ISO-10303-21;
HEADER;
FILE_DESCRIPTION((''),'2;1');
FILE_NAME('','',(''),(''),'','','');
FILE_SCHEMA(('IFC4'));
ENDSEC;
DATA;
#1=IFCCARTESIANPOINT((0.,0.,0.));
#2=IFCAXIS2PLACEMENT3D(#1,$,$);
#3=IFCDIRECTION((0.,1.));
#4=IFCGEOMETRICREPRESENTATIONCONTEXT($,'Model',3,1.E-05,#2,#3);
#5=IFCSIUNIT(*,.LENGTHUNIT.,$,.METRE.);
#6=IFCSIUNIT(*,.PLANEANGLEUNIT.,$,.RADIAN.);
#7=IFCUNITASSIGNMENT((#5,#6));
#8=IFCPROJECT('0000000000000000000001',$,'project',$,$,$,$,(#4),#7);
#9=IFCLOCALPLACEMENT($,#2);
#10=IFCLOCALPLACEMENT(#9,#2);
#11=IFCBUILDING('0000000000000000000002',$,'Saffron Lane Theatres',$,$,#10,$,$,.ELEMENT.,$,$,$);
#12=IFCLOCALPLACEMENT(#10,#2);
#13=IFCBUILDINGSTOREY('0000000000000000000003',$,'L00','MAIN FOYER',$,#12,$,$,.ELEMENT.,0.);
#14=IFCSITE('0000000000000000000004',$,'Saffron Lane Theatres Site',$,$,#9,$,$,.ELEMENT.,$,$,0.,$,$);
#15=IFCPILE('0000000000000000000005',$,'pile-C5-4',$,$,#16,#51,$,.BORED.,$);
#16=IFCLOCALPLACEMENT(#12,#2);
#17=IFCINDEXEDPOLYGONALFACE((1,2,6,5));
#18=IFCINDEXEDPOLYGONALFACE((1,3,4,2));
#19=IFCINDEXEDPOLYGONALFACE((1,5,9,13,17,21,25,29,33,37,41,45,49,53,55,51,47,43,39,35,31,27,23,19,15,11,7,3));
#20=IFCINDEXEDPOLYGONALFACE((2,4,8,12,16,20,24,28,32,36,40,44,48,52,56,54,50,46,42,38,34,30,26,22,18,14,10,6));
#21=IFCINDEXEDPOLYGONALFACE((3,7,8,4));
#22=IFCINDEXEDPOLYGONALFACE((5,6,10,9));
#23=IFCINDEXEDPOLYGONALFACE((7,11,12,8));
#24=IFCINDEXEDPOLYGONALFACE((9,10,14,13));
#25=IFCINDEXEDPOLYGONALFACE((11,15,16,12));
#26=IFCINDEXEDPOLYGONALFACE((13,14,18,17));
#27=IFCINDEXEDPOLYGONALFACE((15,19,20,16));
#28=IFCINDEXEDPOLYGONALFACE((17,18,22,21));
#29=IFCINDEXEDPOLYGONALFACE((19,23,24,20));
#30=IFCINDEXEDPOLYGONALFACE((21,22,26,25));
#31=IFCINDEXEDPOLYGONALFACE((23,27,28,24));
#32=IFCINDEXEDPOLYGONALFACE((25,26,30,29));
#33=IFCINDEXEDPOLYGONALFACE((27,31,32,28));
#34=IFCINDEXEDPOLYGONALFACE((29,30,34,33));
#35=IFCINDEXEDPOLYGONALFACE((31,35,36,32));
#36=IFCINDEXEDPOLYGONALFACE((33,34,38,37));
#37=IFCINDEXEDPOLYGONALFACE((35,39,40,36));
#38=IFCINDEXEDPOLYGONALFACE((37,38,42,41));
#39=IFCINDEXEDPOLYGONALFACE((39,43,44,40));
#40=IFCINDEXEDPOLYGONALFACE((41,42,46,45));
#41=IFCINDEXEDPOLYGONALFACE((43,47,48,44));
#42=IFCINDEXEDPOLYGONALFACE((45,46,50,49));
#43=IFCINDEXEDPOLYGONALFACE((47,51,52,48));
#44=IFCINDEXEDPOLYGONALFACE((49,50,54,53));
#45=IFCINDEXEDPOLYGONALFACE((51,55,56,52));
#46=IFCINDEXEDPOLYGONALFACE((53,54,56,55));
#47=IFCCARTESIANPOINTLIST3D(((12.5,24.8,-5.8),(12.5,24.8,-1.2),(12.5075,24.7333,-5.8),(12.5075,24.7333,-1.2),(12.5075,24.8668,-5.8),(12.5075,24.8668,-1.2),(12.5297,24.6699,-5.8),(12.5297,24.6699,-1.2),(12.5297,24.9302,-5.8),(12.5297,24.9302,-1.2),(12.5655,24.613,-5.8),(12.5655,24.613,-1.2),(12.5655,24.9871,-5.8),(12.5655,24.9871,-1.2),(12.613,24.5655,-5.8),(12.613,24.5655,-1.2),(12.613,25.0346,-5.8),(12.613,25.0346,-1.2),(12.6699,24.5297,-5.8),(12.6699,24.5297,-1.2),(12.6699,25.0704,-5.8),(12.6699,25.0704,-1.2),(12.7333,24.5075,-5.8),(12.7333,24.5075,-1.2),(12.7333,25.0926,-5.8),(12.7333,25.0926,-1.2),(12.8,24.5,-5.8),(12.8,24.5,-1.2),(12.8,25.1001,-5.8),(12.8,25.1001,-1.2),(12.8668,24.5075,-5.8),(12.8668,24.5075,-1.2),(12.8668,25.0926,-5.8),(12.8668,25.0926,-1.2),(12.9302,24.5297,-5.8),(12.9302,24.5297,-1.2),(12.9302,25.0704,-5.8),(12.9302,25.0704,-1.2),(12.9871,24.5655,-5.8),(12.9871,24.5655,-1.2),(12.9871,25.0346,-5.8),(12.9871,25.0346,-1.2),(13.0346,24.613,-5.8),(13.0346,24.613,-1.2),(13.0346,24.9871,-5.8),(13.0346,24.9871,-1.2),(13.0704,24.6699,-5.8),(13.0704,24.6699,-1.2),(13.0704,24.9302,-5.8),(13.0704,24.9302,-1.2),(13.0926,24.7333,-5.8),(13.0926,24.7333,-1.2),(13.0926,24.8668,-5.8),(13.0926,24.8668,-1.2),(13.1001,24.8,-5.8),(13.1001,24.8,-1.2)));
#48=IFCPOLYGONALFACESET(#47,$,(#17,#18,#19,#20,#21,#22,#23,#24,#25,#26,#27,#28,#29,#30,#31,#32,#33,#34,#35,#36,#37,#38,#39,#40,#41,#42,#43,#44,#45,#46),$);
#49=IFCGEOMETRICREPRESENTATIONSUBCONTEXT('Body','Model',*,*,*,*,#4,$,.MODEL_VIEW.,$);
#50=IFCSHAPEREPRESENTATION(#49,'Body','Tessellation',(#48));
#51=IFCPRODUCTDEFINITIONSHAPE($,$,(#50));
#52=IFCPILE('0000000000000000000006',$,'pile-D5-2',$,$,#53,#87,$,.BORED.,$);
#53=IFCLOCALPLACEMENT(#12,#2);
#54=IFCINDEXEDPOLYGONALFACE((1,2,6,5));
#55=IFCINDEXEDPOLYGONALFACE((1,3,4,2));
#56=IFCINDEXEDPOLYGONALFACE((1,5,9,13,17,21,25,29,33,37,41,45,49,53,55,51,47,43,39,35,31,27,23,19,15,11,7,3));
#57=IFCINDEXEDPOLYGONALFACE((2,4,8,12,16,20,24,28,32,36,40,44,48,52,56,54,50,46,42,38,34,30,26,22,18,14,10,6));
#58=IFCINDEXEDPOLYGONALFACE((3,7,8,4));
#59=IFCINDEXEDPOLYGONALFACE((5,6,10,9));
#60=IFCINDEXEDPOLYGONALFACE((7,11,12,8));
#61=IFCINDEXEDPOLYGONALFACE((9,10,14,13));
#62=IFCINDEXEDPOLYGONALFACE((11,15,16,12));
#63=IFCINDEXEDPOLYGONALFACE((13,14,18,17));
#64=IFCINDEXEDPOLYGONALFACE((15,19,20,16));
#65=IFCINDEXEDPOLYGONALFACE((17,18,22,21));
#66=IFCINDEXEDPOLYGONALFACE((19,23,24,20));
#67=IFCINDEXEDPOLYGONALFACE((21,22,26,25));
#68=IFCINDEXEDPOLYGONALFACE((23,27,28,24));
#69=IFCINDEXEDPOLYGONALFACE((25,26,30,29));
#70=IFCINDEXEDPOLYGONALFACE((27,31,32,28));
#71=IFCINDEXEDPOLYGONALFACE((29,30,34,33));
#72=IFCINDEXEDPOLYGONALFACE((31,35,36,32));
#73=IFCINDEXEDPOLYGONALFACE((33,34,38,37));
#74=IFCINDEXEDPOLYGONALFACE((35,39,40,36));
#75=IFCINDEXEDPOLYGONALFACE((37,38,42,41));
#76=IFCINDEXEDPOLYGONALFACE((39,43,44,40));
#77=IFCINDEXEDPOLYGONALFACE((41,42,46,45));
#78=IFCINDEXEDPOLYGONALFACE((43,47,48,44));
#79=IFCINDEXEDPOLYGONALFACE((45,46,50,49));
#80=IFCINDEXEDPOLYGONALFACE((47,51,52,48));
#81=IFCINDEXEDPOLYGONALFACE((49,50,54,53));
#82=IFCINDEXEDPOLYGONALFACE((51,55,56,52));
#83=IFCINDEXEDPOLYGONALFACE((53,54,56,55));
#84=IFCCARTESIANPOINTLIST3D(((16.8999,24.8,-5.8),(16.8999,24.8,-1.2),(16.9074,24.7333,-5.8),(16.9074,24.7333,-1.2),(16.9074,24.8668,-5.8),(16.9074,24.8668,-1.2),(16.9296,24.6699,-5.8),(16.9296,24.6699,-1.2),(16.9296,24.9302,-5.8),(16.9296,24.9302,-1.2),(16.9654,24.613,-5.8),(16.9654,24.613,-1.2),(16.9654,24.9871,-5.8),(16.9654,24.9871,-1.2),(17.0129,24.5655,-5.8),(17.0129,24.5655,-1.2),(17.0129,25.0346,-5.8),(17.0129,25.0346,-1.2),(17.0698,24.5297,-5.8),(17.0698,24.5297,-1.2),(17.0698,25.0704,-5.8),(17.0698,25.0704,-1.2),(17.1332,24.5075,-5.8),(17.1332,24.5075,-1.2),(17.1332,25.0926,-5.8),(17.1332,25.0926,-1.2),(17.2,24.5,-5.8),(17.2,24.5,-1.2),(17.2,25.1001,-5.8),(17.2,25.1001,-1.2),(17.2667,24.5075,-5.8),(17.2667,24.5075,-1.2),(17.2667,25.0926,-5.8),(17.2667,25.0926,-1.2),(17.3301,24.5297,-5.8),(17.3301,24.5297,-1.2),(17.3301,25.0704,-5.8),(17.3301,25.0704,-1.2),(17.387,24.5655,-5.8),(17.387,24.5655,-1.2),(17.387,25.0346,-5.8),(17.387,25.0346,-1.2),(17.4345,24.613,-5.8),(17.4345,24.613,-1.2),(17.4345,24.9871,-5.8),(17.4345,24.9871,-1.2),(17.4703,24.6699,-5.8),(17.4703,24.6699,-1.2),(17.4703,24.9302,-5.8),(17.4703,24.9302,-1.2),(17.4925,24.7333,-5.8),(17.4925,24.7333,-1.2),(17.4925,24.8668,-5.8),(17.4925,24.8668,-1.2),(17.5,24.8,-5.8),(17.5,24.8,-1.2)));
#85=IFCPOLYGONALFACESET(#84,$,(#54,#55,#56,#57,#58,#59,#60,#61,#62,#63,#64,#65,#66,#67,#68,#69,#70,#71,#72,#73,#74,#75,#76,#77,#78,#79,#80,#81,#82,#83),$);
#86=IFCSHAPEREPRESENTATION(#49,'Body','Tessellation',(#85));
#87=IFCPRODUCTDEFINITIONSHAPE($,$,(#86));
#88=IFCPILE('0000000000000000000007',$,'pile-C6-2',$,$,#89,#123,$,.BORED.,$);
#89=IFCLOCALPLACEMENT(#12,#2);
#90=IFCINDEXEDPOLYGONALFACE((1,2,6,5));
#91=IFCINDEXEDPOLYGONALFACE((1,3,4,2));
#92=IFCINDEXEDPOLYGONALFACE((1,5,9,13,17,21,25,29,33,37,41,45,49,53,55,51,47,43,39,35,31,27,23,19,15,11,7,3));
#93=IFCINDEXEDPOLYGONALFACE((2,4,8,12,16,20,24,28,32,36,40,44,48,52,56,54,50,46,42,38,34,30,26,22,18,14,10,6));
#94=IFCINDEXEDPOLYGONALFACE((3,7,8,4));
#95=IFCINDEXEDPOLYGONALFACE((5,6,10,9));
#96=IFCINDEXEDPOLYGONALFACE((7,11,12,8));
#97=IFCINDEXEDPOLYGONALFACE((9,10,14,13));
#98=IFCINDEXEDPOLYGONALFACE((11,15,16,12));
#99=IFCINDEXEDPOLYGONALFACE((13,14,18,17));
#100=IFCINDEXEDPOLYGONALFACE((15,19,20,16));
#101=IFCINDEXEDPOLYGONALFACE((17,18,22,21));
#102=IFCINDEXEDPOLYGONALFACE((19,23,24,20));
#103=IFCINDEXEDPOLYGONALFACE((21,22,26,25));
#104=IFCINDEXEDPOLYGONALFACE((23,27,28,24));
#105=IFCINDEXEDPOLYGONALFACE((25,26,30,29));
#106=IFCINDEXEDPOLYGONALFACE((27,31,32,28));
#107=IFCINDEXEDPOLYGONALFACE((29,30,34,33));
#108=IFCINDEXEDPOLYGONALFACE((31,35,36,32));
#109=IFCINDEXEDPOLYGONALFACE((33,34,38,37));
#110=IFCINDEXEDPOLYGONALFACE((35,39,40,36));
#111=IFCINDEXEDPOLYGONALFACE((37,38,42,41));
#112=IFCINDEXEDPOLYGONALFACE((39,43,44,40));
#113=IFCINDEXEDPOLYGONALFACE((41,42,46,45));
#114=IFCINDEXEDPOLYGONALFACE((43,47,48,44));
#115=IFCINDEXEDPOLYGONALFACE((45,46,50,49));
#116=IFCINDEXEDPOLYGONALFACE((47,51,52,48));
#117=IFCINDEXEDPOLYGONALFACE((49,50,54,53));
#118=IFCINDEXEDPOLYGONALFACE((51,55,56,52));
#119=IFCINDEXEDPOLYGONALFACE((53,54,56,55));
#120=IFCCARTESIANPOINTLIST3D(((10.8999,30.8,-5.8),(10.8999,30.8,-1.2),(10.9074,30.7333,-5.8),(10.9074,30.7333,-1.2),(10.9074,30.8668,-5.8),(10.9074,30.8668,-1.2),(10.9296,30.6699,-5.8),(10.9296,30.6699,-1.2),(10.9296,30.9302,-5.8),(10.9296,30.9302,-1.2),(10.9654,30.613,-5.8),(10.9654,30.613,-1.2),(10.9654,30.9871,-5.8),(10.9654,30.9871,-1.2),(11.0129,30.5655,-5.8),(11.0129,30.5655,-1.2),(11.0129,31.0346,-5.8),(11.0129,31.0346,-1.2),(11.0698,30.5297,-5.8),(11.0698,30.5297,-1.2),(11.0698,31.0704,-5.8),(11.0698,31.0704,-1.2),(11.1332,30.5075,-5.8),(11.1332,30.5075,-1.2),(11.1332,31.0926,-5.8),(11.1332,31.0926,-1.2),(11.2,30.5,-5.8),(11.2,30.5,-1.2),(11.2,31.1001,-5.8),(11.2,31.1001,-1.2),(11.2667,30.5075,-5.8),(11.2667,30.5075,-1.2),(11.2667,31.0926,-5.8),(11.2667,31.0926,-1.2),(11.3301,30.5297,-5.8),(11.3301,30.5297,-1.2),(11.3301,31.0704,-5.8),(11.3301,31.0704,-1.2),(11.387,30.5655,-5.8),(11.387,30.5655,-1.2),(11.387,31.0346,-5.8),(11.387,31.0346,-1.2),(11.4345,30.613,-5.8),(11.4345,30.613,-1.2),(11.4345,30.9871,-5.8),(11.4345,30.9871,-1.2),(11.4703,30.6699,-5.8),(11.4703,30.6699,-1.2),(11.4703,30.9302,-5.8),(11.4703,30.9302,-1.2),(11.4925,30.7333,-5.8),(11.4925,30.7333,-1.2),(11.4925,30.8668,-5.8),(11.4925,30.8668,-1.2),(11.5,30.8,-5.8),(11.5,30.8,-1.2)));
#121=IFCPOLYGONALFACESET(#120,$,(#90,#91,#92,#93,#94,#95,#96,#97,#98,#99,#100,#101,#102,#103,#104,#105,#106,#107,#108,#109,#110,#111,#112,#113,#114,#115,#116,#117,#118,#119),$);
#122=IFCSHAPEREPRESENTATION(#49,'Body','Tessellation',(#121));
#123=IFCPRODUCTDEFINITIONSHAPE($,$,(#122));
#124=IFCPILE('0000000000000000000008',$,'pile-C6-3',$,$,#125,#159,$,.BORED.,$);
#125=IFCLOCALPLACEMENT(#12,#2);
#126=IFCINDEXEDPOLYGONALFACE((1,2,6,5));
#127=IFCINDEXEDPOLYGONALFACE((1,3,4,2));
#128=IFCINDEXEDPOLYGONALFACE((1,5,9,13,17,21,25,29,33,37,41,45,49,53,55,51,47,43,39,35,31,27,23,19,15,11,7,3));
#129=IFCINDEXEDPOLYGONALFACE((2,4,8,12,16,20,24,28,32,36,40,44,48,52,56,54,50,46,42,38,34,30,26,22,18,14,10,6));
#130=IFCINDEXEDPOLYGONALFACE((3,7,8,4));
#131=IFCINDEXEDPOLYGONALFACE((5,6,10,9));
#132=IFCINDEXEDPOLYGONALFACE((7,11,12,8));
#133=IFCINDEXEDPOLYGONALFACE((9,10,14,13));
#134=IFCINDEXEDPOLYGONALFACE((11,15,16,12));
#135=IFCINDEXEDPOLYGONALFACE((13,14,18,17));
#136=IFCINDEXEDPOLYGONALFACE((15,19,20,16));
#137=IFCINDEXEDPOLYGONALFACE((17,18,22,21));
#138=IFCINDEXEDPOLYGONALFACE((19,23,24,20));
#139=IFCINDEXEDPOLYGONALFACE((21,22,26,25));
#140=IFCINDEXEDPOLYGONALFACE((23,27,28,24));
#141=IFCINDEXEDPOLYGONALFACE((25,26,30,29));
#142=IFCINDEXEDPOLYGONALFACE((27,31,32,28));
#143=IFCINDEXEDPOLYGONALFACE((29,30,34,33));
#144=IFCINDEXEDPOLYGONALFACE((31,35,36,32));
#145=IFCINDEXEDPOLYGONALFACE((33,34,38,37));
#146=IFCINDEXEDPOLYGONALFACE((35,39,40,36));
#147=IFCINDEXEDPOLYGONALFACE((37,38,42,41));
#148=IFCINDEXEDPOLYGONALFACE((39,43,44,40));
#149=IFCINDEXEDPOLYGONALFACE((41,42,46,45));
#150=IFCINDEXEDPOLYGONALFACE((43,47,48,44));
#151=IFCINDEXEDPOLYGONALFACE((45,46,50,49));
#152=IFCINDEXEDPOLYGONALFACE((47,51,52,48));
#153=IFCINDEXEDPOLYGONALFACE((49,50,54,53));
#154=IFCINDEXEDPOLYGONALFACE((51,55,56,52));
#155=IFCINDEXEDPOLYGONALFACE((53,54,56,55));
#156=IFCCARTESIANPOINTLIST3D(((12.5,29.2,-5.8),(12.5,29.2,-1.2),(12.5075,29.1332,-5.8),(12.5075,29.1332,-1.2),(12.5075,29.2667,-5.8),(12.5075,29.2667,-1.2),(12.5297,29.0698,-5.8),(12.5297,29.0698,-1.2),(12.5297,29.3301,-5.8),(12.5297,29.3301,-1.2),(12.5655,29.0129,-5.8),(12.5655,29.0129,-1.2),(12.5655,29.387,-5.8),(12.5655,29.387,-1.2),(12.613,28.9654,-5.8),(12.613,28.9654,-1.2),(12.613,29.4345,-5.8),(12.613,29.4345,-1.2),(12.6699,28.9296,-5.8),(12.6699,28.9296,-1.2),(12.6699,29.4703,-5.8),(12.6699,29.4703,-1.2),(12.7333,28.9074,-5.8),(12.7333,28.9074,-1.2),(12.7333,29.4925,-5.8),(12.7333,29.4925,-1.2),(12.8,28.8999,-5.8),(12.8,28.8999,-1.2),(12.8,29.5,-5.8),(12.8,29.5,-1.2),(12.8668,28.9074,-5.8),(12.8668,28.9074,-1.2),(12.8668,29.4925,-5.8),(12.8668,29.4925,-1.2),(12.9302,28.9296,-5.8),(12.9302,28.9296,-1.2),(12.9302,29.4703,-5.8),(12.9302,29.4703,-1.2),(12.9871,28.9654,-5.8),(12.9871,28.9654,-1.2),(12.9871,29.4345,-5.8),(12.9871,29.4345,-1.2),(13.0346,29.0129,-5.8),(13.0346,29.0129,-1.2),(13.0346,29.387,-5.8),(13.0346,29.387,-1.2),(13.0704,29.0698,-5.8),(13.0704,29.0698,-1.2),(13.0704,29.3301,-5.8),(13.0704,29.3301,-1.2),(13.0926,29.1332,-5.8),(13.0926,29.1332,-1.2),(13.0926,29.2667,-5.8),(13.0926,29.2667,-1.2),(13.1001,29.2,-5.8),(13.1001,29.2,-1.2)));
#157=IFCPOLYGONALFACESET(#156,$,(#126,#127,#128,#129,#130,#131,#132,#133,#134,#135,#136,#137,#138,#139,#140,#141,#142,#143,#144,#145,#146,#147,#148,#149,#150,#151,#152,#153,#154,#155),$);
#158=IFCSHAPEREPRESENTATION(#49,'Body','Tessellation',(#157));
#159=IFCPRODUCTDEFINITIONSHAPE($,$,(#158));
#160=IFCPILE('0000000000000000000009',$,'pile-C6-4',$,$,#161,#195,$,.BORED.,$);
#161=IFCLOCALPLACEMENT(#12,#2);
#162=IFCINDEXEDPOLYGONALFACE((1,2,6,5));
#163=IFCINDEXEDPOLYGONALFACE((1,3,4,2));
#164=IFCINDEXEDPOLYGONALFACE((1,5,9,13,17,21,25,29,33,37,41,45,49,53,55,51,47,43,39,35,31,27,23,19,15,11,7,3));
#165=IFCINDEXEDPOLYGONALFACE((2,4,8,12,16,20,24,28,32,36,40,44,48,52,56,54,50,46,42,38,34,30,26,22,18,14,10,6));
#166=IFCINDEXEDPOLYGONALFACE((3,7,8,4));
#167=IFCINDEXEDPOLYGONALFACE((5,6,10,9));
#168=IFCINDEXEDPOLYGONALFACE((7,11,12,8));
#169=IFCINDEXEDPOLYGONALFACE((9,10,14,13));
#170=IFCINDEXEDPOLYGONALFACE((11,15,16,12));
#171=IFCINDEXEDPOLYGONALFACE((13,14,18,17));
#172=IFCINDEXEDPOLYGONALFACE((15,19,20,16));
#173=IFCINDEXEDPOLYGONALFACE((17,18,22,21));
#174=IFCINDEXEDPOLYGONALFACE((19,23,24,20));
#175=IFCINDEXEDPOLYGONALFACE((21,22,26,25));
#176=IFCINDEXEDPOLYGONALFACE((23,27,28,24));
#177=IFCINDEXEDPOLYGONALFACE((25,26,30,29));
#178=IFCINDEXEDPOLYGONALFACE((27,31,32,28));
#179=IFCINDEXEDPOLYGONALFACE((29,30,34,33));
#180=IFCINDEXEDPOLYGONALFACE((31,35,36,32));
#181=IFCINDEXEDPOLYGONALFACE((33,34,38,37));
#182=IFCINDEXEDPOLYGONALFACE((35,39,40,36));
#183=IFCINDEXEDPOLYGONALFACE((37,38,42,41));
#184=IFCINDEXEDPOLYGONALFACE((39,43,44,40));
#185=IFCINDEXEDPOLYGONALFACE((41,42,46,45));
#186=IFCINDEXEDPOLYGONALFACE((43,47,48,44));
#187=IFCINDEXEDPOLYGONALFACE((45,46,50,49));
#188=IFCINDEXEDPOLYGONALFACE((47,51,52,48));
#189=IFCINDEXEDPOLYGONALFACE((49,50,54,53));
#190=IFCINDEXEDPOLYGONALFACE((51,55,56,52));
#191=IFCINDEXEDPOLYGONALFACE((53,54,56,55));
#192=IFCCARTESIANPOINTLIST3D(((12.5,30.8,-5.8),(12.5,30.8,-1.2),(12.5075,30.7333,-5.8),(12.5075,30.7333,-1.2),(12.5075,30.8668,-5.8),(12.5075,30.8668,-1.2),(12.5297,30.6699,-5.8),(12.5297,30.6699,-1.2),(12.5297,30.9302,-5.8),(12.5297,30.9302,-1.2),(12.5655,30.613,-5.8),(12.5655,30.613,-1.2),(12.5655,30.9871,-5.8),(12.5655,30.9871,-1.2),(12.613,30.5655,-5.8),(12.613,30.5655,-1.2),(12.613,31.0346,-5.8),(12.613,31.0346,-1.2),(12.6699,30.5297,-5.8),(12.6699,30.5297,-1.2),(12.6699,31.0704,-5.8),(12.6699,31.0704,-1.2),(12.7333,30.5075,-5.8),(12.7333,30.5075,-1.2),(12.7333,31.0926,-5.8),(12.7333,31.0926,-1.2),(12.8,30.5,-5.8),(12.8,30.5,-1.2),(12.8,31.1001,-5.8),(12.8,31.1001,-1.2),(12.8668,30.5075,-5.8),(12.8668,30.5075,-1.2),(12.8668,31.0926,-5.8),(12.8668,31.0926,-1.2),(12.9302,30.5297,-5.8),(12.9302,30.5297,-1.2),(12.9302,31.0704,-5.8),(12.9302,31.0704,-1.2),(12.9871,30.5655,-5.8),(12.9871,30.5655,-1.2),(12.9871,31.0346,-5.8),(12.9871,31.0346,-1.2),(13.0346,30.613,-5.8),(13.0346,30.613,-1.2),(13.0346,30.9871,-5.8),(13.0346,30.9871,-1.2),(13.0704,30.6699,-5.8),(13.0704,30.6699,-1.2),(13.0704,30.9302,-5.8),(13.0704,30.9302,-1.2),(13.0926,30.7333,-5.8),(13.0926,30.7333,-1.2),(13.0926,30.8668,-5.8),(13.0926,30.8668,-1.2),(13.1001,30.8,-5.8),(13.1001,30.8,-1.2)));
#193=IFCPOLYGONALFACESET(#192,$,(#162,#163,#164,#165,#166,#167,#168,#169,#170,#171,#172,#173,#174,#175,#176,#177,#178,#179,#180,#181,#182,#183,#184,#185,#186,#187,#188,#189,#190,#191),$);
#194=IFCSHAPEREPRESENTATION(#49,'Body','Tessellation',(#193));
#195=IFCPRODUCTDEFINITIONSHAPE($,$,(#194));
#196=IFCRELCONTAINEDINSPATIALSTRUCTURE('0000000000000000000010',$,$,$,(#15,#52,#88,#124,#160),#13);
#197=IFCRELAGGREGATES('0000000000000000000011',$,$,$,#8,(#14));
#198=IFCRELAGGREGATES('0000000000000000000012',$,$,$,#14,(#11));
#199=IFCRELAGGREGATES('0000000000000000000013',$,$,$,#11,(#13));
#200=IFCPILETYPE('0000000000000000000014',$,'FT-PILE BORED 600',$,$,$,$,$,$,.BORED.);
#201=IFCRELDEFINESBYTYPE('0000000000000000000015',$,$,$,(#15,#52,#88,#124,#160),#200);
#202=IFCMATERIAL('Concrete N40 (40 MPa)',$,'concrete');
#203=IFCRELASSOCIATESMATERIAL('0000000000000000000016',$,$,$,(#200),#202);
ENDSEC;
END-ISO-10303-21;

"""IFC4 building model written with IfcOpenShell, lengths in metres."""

from ifc_helpers import new_model, si_unit, direction, frame, origin, origin_2d, place, context, subcontext, project, spatial, circle, extrude, material, material_profile, profile_set, type_object, element, save


model = new_model("IFC4")

# Units and contexts
model_context = context("Model", 3, precision=1e-05, world=origin(), true_north=direction((0.0, 1.0)))
body_context = subcontext(model_context, "Body", "Model", "MODEL_VIEW")
ifc_project = project(units=[si_unit("LENGTHUNIT", "METRE"), si_unit("PLANEANGLEUNIT", "RADIAN")], contexts=[model_context])

# Site, building, storey
site_placement = place(None, origin())
site = spatial("IfcSite", under=ifc_project, at=site_placement, Name="Saffron Lane Theatres Site", CompositionType="ELEMENT", RefElevation=0.0)
building_placement = place(site_placement, origin())
building = spatial("IfcBuilding", under=site, at=building_placement, Name="Saffron Lane Theatres", CompositionType="ELEMENT")
storey_placement = place(building_placement, origin())
storey = spatial("IfcBuildingStorey", under=building, at=storey_placement, Name="L00", Description="MAIN FOYER", CompositionType="ELEMENT", Elevation=0.0)

# Piles
ifc_material_1 = material(Name="Concrete N40 (40 MPa)", Category="concrete")
ifc_material_profile_1 = material_profile(ifc_material_1, circle(Radius=0.3, at=origin_2d()))
ifc_profile_set_1 = profile_set([ifc_material_profile_1], Name="Concrete N40 (40 MPa)")
pile_type_1 = type_object("IfcPileType", Name="FT-PILE BORED 600", PredefinedType="BORED", material=ifc_profile_set_1)
for number, where, z_axis, x_axis, name in (
    (1, (12.8, 24.8, -1.2), (0.0, 0.0, -1.0), (1.0, 0.0, 0.0), "pile-C5-4"),
    (2, (17.2, 24.8, -1.2), (0.0, 0.0, -1.0), (1.0, 0.0, 0.0), "pile-D5-2"),
    (3, (11.2, 30.8, -1.2), (0.0, 0.0, -1.0), (1.0, 0.0, 0.0), "pile-C6-2"),
    (4, (12.8, 29.2, -1.2), (0.0, 0.0, -1.0), (1.0, 0.0, 0.0), "pile-C6-3"),
    (5, (12.8, 30.8, -1.2), (0.0, 0.0, -1.0), (1.0, 0.0, 0.0), "pile-C6-4"),
):
    element("IfcPile", number, at=place(storey_placement, frame(where, z_axis=z_axis, x_axis=x_axis)), inside=storey, type_object=pile_type_1, Name=name, PredefinedType="BORED", context=body_context, shape_type="SweptSolid", body=[
        extrude(circle(Radius=0.3, at=origin_2d()), origin(), (0.0, 0.0, 1.0), 4.6001),
    ])

save(model, "model.ifc")
